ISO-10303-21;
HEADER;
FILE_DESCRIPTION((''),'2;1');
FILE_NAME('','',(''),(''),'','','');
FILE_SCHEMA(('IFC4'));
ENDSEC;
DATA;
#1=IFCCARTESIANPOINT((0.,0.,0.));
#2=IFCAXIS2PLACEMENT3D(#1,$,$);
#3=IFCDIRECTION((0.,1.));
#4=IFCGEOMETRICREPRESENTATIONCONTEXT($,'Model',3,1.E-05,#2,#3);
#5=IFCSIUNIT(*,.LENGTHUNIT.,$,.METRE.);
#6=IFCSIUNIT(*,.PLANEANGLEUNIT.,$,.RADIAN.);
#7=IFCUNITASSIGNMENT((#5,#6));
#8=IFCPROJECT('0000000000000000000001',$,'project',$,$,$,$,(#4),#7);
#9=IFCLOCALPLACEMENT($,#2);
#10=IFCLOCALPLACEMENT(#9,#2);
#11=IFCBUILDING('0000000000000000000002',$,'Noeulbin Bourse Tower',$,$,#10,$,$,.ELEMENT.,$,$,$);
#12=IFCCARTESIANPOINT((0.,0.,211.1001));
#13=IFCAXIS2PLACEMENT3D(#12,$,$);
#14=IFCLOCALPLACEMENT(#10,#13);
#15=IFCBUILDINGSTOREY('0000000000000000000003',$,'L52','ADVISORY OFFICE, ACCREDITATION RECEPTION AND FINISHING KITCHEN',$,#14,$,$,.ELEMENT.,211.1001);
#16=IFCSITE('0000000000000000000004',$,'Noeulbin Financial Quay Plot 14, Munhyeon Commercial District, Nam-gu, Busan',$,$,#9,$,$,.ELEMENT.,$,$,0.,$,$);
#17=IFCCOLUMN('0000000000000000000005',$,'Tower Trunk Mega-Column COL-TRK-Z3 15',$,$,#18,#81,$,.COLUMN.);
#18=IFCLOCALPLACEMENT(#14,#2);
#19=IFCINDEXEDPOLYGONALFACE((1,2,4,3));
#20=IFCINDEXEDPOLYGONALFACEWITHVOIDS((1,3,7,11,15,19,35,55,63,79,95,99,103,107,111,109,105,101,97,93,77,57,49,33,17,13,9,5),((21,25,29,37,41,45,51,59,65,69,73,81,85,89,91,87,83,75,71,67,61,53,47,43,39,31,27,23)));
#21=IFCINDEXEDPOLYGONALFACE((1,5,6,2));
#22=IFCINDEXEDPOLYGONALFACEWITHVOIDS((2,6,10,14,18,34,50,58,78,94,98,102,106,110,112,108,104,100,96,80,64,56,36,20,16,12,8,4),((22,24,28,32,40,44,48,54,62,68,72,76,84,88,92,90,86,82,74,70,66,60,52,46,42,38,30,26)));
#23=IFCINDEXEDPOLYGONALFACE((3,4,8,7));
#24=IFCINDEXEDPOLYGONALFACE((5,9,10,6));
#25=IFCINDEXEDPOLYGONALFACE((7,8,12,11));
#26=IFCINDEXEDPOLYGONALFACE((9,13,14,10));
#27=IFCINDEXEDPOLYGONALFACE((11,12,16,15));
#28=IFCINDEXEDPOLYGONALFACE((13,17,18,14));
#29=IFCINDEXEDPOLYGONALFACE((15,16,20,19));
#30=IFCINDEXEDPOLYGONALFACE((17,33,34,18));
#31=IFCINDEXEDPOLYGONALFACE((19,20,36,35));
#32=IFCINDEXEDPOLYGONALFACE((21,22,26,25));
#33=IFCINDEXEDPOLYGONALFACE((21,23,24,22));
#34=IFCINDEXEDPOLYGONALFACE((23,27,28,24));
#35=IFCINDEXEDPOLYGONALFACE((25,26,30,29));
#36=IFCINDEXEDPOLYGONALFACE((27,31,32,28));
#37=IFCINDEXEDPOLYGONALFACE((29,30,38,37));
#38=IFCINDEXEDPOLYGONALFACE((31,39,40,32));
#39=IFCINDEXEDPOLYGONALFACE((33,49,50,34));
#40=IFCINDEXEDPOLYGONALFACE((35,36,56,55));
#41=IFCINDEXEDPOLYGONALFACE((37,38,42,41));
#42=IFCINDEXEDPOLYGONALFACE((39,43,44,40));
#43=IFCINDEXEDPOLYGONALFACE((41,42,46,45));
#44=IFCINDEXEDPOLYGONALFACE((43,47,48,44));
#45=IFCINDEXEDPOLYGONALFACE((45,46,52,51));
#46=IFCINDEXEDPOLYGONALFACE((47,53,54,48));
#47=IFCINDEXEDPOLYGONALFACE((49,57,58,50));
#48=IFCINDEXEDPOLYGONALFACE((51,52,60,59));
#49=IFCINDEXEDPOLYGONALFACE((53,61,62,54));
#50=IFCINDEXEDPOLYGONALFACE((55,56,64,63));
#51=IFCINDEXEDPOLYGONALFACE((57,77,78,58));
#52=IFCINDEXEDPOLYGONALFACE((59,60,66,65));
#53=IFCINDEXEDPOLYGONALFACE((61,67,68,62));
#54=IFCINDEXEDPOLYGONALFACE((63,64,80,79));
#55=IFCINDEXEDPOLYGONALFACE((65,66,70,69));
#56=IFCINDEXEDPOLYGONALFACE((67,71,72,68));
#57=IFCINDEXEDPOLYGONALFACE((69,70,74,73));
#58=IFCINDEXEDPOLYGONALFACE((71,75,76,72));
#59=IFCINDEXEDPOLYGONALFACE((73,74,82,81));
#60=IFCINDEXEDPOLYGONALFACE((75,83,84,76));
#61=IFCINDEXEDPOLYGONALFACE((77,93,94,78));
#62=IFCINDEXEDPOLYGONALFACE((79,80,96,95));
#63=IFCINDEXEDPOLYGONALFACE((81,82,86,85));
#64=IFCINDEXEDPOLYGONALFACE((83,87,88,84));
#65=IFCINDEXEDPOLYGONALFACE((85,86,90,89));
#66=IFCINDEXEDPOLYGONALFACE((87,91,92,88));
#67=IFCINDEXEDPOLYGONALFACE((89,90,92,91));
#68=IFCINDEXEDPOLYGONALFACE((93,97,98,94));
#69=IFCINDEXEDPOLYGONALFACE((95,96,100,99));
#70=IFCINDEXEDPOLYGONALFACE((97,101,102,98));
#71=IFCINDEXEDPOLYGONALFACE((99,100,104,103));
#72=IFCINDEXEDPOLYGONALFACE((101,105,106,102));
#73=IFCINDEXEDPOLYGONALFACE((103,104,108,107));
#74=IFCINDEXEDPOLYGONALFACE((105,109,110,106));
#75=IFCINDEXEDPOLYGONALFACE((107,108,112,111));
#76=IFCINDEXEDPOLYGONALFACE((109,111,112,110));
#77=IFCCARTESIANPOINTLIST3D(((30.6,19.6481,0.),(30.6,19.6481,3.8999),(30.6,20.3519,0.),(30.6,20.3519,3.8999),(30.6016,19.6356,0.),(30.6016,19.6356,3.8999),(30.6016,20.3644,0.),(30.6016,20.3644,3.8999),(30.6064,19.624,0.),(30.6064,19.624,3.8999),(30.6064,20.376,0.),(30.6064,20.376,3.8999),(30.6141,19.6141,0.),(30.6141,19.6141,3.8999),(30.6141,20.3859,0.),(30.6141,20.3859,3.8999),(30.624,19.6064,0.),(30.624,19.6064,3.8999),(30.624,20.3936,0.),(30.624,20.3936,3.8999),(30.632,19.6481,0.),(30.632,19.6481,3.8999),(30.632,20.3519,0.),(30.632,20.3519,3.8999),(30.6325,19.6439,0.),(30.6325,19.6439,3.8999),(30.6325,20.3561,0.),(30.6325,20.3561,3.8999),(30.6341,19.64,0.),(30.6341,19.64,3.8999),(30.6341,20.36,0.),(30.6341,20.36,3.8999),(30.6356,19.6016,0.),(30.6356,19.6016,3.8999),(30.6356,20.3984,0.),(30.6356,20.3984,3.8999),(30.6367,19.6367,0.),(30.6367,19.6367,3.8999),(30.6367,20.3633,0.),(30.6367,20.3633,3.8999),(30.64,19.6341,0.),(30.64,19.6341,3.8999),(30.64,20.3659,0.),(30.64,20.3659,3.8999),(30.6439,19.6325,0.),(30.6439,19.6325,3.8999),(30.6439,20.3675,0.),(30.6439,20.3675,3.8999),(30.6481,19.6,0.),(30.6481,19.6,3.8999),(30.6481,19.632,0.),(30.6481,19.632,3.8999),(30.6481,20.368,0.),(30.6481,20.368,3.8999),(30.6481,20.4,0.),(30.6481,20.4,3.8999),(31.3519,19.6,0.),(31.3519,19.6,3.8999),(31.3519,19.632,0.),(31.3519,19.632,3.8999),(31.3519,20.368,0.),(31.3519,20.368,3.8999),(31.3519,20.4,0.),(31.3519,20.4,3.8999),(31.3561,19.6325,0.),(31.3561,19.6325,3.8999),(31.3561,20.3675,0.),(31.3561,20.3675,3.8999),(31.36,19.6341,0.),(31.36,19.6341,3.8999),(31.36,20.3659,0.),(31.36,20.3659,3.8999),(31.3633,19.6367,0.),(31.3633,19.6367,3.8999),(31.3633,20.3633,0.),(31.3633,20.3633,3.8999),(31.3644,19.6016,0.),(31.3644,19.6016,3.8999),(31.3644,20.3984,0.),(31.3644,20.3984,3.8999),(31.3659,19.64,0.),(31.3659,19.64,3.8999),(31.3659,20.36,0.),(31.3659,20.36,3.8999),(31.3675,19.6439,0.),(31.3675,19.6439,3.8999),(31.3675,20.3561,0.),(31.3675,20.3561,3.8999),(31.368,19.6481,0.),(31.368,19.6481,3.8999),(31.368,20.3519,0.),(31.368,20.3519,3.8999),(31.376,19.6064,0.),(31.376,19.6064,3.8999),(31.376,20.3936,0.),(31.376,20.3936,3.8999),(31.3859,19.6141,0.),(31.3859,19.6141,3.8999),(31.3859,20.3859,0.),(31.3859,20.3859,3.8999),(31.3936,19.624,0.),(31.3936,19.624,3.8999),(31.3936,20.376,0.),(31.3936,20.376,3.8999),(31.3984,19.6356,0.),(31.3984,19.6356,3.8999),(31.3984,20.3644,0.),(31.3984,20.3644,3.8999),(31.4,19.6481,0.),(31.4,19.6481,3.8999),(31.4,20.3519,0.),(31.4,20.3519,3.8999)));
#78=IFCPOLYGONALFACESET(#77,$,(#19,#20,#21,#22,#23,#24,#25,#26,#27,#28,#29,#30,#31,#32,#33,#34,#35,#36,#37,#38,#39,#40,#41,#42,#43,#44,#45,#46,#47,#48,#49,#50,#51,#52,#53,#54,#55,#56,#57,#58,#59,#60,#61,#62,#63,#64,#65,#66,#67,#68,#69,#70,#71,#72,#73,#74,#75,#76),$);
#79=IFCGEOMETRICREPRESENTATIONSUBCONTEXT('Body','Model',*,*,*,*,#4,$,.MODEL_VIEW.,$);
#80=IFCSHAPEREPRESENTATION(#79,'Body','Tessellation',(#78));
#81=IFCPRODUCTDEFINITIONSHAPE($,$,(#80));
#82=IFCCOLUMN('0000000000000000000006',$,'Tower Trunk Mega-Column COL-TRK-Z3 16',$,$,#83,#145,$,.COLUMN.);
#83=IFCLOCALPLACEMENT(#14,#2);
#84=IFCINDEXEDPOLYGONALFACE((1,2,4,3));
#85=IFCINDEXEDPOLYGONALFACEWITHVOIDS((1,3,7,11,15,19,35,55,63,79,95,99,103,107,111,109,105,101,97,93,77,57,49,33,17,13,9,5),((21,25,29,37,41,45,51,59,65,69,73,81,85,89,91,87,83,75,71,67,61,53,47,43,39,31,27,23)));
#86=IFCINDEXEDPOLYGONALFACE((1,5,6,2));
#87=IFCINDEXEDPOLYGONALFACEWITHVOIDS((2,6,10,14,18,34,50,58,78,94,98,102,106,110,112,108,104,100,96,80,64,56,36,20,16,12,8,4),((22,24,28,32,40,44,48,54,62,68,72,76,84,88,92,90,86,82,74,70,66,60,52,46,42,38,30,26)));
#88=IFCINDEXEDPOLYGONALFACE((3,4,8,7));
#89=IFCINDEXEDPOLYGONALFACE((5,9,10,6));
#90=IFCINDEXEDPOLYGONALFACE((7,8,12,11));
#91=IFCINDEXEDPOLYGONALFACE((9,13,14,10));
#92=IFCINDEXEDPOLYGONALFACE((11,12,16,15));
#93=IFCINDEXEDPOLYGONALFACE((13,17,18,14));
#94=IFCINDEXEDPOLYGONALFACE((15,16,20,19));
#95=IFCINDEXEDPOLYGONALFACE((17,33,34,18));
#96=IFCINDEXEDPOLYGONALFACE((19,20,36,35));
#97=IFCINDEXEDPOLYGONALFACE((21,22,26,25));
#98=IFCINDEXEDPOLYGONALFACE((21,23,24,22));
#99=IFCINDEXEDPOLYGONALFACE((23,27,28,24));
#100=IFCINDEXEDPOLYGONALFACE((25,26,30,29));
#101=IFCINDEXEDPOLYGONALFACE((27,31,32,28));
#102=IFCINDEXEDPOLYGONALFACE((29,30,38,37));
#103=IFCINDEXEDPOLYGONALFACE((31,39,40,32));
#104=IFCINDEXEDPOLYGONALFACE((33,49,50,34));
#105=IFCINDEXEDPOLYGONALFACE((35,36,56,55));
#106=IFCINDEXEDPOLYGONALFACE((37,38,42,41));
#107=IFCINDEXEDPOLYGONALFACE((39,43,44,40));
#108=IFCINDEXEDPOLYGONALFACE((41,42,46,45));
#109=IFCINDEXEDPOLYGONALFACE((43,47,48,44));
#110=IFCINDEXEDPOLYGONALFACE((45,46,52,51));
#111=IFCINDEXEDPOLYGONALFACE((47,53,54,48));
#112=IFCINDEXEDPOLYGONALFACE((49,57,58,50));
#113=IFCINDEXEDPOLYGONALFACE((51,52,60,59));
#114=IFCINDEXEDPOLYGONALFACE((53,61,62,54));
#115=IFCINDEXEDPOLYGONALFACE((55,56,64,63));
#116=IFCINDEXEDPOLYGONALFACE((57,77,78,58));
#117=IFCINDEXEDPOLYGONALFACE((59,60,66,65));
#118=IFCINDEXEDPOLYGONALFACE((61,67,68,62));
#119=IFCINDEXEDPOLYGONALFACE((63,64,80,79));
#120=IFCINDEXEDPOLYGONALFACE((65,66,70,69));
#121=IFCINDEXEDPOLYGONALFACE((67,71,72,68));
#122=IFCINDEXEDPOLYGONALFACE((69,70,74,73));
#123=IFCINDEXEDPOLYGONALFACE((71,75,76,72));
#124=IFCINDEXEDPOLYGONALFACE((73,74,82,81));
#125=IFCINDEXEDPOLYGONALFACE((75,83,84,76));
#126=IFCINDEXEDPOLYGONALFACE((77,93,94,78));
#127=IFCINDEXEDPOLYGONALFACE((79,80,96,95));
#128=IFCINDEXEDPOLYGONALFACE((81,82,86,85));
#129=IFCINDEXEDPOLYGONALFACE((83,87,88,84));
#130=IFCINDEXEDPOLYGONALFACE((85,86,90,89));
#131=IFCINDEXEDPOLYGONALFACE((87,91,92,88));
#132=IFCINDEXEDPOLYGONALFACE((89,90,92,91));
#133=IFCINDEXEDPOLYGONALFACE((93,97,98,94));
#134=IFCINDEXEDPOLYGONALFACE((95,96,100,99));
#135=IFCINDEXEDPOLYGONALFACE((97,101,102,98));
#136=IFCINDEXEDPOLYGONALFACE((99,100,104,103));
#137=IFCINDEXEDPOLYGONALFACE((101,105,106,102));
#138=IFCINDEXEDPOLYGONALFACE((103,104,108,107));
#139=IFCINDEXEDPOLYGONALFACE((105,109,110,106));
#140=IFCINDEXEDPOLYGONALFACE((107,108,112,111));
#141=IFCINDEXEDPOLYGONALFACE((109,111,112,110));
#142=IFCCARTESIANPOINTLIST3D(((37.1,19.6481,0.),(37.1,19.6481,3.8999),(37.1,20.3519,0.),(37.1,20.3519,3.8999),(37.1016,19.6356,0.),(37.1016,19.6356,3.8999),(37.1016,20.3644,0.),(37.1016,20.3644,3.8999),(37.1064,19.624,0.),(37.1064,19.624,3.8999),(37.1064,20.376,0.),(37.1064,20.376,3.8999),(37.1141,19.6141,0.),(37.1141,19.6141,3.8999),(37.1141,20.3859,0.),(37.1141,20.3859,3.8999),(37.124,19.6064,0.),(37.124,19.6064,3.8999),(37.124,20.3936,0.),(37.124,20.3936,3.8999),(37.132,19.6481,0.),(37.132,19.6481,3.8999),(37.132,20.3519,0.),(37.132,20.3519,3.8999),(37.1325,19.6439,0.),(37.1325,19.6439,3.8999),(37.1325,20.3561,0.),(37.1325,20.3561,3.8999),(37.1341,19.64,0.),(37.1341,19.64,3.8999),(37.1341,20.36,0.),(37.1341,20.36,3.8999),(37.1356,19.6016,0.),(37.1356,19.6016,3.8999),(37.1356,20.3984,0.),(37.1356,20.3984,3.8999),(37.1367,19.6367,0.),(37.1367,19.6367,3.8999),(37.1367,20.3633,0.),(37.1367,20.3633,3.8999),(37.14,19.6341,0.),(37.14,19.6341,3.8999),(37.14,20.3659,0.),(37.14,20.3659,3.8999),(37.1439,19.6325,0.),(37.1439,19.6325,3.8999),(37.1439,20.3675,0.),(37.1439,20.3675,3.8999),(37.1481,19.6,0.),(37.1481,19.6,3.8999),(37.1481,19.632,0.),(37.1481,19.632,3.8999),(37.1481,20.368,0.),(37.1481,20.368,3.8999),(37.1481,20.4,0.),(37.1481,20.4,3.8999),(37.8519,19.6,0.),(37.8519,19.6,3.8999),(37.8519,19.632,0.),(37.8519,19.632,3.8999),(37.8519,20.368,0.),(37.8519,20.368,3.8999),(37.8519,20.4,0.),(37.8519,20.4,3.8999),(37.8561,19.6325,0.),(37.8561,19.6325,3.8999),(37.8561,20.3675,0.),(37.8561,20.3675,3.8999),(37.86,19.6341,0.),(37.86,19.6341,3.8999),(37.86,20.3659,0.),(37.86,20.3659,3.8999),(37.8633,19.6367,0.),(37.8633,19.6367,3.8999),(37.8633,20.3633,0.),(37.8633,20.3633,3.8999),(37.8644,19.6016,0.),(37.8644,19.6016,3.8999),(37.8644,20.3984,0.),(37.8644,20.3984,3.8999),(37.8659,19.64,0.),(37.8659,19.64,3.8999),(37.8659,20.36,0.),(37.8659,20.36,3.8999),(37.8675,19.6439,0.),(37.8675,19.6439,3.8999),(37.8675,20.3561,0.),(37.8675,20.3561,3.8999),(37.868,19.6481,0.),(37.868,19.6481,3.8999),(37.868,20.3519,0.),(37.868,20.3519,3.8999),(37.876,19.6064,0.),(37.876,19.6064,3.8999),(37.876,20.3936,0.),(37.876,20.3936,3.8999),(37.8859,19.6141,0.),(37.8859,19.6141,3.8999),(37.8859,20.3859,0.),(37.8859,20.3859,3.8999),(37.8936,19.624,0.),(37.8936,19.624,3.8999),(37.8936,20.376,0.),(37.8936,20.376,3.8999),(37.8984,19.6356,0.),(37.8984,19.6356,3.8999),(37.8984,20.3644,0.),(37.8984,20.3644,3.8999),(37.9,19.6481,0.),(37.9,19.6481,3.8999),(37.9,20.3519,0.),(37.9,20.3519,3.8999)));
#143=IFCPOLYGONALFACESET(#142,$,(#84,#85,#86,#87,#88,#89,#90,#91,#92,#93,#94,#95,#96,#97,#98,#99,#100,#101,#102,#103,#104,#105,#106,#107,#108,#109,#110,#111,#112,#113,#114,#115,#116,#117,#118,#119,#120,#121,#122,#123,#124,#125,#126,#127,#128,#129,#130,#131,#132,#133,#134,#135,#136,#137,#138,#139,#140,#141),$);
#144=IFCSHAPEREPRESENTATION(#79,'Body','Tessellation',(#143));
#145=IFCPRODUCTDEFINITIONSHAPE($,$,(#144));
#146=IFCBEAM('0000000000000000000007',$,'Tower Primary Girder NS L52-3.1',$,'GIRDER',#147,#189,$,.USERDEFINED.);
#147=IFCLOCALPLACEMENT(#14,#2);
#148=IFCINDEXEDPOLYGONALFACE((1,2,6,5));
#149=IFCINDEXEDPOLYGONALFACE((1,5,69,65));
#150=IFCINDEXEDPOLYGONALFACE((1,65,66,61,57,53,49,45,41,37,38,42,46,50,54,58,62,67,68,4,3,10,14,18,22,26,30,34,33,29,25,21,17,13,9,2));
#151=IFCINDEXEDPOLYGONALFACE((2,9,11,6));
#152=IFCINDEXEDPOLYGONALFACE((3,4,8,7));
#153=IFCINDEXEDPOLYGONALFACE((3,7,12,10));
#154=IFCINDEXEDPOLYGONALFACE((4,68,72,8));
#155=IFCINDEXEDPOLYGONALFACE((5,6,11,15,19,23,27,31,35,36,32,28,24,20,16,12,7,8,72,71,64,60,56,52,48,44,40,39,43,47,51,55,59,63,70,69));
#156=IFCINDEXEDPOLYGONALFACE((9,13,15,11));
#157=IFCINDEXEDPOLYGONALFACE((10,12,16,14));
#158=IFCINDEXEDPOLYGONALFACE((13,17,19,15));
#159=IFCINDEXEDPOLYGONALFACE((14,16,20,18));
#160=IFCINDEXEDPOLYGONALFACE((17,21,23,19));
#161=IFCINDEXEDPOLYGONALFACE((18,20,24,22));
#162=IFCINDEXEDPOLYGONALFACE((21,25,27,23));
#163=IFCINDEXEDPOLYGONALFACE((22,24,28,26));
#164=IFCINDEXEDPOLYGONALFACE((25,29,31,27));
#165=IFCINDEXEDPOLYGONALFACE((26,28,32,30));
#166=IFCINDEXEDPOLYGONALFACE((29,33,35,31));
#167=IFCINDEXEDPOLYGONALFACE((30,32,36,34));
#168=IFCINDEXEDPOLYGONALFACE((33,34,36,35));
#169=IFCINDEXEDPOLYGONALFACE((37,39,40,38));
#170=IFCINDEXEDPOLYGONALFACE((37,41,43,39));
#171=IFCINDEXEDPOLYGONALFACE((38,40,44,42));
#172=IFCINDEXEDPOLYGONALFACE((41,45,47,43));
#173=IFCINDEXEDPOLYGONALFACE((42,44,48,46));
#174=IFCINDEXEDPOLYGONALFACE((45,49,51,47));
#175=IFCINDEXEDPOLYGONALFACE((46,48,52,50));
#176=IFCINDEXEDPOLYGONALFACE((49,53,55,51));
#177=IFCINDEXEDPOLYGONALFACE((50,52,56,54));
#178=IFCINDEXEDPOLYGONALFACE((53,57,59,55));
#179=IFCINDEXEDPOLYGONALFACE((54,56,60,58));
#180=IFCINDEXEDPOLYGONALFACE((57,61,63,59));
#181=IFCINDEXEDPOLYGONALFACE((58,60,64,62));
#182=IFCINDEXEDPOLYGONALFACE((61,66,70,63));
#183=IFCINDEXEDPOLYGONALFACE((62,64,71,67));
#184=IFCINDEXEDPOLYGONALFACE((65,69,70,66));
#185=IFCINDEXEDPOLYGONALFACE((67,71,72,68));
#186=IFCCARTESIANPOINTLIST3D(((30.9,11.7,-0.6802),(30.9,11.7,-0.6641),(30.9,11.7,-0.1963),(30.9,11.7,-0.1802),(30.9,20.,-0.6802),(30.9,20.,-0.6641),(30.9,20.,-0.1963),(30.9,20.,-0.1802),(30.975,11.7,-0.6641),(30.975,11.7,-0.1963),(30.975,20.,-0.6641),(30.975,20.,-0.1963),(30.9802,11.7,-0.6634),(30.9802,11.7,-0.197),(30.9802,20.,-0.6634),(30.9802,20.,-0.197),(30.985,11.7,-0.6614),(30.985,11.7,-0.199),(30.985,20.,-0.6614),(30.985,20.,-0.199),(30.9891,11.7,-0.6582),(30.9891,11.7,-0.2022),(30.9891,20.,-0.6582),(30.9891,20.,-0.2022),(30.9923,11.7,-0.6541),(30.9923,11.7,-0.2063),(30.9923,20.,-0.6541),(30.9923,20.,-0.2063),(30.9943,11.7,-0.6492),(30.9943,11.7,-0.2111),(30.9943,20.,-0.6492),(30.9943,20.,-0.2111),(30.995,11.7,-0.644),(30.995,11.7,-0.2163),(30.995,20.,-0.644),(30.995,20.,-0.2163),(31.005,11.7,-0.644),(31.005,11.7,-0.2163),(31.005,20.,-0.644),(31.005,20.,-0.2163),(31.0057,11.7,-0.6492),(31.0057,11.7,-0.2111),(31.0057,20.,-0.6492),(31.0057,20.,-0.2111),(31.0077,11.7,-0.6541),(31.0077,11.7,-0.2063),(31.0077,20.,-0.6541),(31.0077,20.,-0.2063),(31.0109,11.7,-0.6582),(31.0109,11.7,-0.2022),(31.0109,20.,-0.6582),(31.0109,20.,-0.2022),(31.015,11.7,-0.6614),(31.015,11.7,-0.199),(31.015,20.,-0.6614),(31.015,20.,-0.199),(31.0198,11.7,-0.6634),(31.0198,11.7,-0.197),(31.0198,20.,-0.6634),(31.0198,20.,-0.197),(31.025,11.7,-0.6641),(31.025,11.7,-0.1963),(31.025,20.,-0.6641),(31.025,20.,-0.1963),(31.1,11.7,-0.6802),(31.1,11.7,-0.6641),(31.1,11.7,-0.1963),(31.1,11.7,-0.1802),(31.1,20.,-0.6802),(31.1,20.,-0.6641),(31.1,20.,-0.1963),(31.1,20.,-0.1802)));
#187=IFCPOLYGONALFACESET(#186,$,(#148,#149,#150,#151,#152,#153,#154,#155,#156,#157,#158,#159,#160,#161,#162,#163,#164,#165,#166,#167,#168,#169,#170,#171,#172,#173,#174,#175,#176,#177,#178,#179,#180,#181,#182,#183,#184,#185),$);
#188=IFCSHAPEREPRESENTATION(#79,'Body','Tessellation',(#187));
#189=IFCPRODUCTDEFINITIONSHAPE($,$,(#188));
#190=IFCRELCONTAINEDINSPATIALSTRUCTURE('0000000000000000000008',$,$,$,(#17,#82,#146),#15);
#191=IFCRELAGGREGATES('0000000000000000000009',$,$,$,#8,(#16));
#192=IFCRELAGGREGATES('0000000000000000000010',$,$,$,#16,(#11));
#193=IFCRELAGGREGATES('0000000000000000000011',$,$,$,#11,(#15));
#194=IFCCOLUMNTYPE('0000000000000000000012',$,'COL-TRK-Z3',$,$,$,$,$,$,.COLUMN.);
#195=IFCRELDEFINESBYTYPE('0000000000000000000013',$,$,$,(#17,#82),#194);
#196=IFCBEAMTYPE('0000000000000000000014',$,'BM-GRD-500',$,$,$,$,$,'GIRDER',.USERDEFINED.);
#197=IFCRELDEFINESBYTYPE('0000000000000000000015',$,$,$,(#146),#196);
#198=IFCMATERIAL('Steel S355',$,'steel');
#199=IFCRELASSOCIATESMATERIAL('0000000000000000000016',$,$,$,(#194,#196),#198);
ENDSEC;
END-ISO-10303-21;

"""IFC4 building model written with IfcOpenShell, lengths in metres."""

from ifc_helpers import new_model, si_unit, direction, frame, origin, origin_2d, place, context, subcontext, project, spatial, hollow_rectangle, i_section, extrude, material, material_profile, profile_set, type_object, element, save


model = new_model("IFC4")

# Units and contexts
model_context = context("Model", 3, precision=1e-05, world=origin(), true_north=direction((0.0, 1.0)))
body_context = subcontext(model_context, "Body", "Model", "MODEL_VIEW")
ifc_project = project(units=[si_unit("LENGTHUNIT", "METRE"), si_unit("PLANEANGLEUNIT", "RADIAN")], contexts=[model_context])

# Site, building, storey
site_placement = place(None, origin())
site = spatial("IfcSite", under=ifc_project, at=site_placement, Name="Noeulbin Financial Quay Plot 14, Munhyeon Commercial District, Nam-gu, Busan", CompositionType="ELEMENT", RefElevation=0.0)
building_placement = place(site_placement, origin())
building = spatial("IfcBuilding", under=site, at=building_placement, Name="Noeulbin Bourse Tower", CompositionType="ELEMENT")
storey_placement = place(building_placement, frame((0.0, 0.0, 211.1001)))
storey = spatial("IfcBuildingStorey", under=building, at=storey_placement, Name="L52", Description="ADVISORY OFFICE, ACCREDITATION RECEPTION AND FINISHING KITCHEN", CompositionType="ELEMENT", Elevation=211.1001)

# Columns
ifc_material_1 = material(Name="Steel S355", Category="steel")
ifc_material_profile_1 = material_profile(ifc_material_1, hollow_rectangle(XDim=0.8, YDim=0.8, WallThickness=0.032, InnerFilletRadius=0.0161, OuterFilletRadius=0.0481, at=origin_2d()), Name="BOX-800x800x32", Category="LoadBearing")
ifc_profile_set_1 = profile_set([ifc_material_profile_1], Name="Steel S355")
column_type_1 = type_object("IfcColumnType", Name="COL-TRK-Z3", PredefinedType="COLUMN", material=ifc_profile_set_1)
for number, where, z_axis, x_axis, name in (
    (1, (31.0, 20.0, 0.0), (0.0, 0.0, 1.0), (1.0, 0.0, 0.0), "Tower Trunk Mega-Column COL-TRK-Z3 15"),
    (2, (37.5, 20.0, 0.0), (0.0, 0.0, 1.0), (1.0, 0.0, 0.0), "Tower Trunk Mega-Column COL-TRK-Z3 16"),
):
    element("IfcColumn", number, at=place(storey_placement, frame(where, z_axis=z_axis, x_axis=x_axis)), inside=storey, type_object=column_type_1, Name=name, PredefinedType="COLUMN", context=body_context, shape_type="SweptSolid", body=[
        extrude(hollow_rectangle(XDim=0.8, YDim=0.8, WallThickness=0.032, InnerFilletRadius=0.0161, OuterFilletRadius=0.0481, at=origin_2d()), origin(), (0.0, 0.0, 1.0), 3.8999),
    ])

# Beam
ifc_material_profile_2 = material_profile(ifc_material_1, i_section(OverallWidth=0.2, OverallDepth=0.5, WebThickness=0.01, FlangeThickness=0.0161, FilletRadius=0.02, at=origin_2d()), Name="H-500x200x10x16", Category="LoadBearing")
ifc_profile_set_2 = profile_set([ifc_material_profile_2], Name="Steel S355")
beam_type_1 = type_object("IfcBeamType", Name="BM-GRD-500", ElementType="GIRDER", PredefinedType="USERDEFINED", material=ifc_profile_set_2)
beam_1_placement = place(storey_placement, frame((31.0, 11.7, -0.4302), z_axis=(0.0, 1.0, 0.0), x_axis=(-1.0, 0.0, 0.0)))
element("IfcBeam", 3, at=beam_1_placement, inside=storey, type_object=beam_type_1, Name="Tower Primary Girder NS L52-3.1", ObjectType="GIRDER", PredefinedType="USERDEFINED", context=body_context, shape_type="SweptSolid", body=[
    extrude(i_section(OverallWidth=0.2, OverallDepth=0.5, WebThickness=0.01, FlangeThickness=0.0161, FilletRadius=0.02, at=origin_2d()), origin(), (0.0, 0.0, 1.0), 8.3),
])

save(model, "model.ifc")
